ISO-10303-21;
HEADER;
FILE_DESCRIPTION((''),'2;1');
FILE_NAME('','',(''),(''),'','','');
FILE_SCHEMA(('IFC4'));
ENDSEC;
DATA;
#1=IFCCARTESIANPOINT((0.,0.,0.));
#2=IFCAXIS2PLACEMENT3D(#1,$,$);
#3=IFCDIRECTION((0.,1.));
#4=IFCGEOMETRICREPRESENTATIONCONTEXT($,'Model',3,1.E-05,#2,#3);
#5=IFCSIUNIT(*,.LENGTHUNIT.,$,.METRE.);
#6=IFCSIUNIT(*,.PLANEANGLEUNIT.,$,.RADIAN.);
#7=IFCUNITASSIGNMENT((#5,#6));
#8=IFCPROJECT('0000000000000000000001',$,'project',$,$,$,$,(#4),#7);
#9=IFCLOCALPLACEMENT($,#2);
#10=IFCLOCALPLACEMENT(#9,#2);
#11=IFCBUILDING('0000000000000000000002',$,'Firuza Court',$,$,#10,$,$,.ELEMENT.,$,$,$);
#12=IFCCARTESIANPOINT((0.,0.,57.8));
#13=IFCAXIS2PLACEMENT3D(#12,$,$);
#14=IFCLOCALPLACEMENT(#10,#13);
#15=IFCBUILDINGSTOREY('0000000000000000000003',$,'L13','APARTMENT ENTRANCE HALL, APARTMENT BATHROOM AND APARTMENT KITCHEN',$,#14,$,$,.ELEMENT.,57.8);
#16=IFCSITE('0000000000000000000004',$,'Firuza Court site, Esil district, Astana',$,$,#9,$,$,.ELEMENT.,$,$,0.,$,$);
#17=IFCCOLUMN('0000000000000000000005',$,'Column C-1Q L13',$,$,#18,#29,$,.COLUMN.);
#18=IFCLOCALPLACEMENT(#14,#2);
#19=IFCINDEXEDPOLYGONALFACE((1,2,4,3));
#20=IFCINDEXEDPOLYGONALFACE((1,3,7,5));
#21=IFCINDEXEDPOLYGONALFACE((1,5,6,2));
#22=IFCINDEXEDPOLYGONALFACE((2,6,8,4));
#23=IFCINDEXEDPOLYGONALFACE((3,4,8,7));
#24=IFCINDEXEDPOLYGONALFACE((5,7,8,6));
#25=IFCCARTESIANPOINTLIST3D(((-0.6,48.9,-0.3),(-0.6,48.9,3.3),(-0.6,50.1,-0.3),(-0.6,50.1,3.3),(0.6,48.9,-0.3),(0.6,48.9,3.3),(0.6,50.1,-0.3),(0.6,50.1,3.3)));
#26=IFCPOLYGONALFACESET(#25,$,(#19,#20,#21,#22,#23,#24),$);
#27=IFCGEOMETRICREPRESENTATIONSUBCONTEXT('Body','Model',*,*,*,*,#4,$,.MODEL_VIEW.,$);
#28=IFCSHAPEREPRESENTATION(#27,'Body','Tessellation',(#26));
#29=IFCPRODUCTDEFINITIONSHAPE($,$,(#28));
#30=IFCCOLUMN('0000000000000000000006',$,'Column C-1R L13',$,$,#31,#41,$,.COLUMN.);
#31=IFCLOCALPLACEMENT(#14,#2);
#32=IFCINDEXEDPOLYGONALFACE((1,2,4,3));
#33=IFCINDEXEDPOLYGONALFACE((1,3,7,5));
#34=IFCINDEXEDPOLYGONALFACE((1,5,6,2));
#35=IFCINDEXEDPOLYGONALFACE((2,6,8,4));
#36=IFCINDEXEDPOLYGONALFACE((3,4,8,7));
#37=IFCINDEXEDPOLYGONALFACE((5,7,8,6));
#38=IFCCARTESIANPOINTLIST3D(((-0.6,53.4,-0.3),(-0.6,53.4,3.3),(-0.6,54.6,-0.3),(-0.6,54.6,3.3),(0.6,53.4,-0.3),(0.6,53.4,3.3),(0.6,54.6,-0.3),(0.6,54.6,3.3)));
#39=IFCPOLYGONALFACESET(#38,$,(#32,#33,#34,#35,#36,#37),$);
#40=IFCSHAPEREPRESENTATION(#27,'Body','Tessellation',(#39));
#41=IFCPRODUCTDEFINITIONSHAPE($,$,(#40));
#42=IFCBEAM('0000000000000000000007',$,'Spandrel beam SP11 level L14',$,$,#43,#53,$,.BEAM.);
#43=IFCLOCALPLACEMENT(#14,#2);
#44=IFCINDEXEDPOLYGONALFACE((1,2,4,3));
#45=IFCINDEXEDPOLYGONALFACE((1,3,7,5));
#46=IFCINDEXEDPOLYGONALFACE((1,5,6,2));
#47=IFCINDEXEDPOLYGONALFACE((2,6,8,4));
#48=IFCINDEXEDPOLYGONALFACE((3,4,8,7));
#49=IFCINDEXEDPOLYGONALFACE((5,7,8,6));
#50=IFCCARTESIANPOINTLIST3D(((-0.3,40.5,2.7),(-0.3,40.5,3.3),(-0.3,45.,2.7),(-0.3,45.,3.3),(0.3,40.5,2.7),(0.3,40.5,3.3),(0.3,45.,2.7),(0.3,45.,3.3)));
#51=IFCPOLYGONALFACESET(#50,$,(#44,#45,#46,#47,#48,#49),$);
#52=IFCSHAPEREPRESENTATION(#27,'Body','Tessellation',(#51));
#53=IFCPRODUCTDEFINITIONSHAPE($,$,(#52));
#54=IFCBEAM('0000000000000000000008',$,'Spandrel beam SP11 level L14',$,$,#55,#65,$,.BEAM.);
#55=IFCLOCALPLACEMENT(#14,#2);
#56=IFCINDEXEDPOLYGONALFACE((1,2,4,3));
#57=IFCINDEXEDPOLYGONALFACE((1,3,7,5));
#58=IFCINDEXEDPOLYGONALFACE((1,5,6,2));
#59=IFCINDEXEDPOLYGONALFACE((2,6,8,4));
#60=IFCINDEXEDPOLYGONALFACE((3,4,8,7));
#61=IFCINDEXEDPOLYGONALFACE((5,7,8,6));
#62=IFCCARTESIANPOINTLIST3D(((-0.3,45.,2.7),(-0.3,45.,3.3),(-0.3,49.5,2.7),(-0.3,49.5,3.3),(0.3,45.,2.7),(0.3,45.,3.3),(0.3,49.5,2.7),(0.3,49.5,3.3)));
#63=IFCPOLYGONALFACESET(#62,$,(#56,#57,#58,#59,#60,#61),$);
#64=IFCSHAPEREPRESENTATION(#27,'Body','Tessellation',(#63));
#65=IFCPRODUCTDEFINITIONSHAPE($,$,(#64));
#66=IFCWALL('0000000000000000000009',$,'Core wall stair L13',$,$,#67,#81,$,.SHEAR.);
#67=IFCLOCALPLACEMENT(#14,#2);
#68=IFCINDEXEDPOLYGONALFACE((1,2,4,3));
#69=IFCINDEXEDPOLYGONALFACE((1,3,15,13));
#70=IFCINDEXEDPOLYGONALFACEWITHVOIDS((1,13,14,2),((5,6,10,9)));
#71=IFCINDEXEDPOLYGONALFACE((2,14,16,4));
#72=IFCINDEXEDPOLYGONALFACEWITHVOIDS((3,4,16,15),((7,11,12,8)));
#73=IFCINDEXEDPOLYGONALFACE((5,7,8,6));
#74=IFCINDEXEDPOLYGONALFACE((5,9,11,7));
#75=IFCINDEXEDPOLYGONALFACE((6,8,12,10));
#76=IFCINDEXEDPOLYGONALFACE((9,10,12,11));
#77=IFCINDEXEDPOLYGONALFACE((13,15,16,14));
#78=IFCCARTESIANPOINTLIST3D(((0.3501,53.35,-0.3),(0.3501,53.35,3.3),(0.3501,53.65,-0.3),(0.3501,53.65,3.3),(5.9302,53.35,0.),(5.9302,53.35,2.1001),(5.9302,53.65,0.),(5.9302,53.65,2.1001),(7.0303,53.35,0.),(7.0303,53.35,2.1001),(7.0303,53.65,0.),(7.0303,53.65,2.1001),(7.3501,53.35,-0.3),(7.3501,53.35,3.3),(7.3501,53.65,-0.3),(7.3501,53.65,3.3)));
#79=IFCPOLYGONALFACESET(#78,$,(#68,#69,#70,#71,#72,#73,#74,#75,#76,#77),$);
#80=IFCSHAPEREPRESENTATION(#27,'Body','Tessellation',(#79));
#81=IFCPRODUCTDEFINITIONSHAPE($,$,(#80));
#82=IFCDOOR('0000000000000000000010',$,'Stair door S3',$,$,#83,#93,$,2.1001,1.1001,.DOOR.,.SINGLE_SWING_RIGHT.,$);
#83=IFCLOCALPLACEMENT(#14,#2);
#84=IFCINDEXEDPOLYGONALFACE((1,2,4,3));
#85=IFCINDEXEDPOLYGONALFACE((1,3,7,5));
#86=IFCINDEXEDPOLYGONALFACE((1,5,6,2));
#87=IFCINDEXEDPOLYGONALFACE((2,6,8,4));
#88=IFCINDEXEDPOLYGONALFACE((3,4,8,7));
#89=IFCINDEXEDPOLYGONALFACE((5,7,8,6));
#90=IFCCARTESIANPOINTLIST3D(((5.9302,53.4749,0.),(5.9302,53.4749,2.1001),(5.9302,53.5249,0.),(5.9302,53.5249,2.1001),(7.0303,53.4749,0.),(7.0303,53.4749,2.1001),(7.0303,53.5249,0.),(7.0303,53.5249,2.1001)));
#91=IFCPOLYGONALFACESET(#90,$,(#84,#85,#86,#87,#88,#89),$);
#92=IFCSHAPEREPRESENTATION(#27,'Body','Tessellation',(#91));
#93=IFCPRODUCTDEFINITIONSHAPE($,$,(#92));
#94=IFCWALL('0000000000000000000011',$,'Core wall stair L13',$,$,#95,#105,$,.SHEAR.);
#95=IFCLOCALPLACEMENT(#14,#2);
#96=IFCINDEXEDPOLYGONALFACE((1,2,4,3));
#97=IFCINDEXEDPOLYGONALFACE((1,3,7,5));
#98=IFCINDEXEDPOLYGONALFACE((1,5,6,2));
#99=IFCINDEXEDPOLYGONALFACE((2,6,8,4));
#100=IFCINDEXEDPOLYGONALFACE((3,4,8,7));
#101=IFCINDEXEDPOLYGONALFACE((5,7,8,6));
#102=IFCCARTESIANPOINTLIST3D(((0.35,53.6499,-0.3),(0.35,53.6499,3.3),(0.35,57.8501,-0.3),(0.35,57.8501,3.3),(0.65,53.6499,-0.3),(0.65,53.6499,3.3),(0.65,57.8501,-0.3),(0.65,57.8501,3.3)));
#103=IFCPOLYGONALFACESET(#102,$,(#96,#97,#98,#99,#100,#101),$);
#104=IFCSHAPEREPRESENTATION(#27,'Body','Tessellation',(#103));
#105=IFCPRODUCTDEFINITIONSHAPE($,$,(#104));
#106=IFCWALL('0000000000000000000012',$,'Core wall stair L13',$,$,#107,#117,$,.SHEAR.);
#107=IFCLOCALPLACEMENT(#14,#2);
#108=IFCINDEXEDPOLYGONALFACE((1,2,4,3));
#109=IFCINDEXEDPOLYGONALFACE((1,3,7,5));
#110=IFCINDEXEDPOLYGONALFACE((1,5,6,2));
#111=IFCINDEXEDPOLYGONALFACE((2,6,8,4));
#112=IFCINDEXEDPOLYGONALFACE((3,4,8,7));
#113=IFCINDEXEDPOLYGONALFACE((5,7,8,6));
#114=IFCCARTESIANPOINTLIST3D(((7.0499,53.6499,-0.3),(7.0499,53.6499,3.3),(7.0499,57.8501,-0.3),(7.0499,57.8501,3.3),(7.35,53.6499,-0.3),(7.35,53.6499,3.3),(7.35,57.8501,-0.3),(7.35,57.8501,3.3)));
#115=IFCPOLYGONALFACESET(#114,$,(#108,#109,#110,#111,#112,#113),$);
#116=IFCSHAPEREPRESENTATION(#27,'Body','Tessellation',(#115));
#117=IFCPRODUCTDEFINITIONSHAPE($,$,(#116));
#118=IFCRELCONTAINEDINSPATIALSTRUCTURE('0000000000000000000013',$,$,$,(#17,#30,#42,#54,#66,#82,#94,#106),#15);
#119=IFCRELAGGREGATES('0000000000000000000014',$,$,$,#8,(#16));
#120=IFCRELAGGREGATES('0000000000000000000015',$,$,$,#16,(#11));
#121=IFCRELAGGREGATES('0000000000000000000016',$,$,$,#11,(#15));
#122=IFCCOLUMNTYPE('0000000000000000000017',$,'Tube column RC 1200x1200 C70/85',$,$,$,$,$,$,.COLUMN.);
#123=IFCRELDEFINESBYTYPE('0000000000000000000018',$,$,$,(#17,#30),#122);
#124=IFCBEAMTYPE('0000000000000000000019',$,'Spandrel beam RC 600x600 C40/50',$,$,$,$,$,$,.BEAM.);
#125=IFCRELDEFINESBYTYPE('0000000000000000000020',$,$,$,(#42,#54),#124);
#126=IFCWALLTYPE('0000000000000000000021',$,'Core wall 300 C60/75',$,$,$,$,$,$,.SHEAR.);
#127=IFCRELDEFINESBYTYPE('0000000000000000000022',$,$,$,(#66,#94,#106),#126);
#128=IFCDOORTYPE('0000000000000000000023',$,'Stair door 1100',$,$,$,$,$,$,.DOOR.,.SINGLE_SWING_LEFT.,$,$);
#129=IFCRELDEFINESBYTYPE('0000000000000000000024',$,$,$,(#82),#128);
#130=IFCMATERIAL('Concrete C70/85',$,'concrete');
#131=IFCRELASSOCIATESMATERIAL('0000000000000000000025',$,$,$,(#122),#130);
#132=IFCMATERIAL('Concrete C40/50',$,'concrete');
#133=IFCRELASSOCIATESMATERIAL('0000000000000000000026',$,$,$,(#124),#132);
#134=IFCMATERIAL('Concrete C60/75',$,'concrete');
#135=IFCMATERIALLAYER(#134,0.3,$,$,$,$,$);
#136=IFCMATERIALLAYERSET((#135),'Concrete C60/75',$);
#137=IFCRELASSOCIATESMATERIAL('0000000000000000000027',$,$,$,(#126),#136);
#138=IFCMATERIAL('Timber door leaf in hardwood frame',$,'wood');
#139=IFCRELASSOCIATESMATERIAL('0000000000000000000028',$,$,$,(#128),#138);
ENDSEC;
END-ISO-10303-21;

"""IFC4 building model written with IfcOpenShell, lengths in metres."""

from ifc_helpers import new_model, si_unit, direction, frame, frame_2d, origin, origin_2d, place, context, subcontext, project, spatial, rectangle, extrude, material, layer, layer_set, material_profile, profile_set, type_object, element, fill, save


model = new_model("IFC4")

# Units and contexts
model_context = context("Model", 3, precision=1e-05, world=origin(), true_north=direction((0.0, 1.0)))
body_context = subcontext(model_context, "Body", "Model", "MODEL_VIEW")
ifc_project = project(units=[si_unit("LENGTHUNIT", "METRE"), si_unit("PLANEANGLEUNIT", "RADIAN")], contexts=[model_context])

# Site, building, storey
site_placement = place(None, origin())
site = spatial("IfcSite", under=ifc_project, at=site_placement, Name="Firuza Court site, Esil district, Astana", CompositionType="ELEMENT", RefElevation=0.0)
building_placement = place(site_placement, origin())
building = spatial("IfcBuilding", under=site, at=building_placement, Name="Firuza Court", CompositionType="ELEMENT")
storey_placement = place(building_placement, frame((0.0, 0.0, 57.8)))
storey = spatial("IfcBuildingStorey", under=building, at=storey_placement, Name="L13", Description="APARTMENT ENTRANCE HALL, APARTMENT BATHROOM AND APARTMENT KITCHEN", CompositionType="ELEMENT", Elevation=57.8)

# Columns
ifc_material_1 = material(Name="Concrete C70/85", Category="concrete")
ifc_material_profile_1 = material_profile(ifc_material_1, rectangle(XDim=1.2, YDim=1.2, at=origin_2d()), Name="RC 1200x1200")
ifc_profile_set_1 = profile_set([ifc_material_profile_1], Name="Concrete C70/85")
column_type = type_object("IfcColumnType", Name="Tube column RC 1200x1200 C70/85", PredefinedType="COLUMN", material=ifc_profile_set_1)
for number, where, z_axis, x_axis, name in (
    (1, (0.0, 49.5, -0.3), (0.0, 0.0, 1.0), (1.0, 0.0, 0.0), "Column C-1Q L13"),
    (2, (0.0, 54.0, -0.3), (0.0, 0.0, 1.0), (1.0, 0.0, 0.0), "Column C-1R L13"),
):
    element("IfcColumn", number, at=place(storey_placement, frame(where, z_axis=z_axis, x_axis=x_axis)), inside=storey, type_object=column_type, Name=name, PredefinedType="COLUMN", context=body_context, shape_type="SweptSolid", body=[
        extrude(rectangle(XDim=1.2, YDim=1.2, at=origin_2d()), origin(), (0.0, 0.0, 1.0), 3.6001),
    ])

# Beams
ifc_material_2 = material(Name="Concrete C40/50", Category="concrete")
ifc_material_profile_2 = material_profile(ifc_material_2, rectangle(XDim=0.6001, YDim=0.6001, at=origin_2d()), Name="RC 600x600")
ifc_profile_set_2 = profile_set([ifc_material_profile_2], Name="Concrete C40/50")
beam_type = type_object("IfcBeamType", Name="Spandrel beam RC 600x600 C40/50", PredefinedType="BEAM", material=ifc_profile_set_2)
for number, where, z_axis, x_axis, name in (
    (3, (0.0, 45.0, 3.0), (0.0, -1.0, 0.0), (1.0, 0.0, 0.0), "Spandrel beam SP11 level L14"),
    (4, (0.0, 49.5, 3.0), (0.0, -1.0, 0.0), (1.0, 0.0, 0.0), "Spandrel beam SP11 level L14"),
):
    element("IfcBeam", number, at=place(storey_placement, frame(where, z_axis=z_axis, x_axis=x_axis)), inside=storey, type_object=beam_type, Name=name, PredefinedType="BEAM", context=body_context, shape_type="SweptSolid", body=[
        extrude(rectangle(XDim=0.6001, YDim=0.6001, at=origin_2d()), origin(), (0.0, 0.0, 1.0), 4.5),
    ])

# Wall, opening, door
ifc_material_3 = material(Name="Concrete C60/75", Category="concrete")
ifc_layer_1 = layer(ifc_material_3, 0.3)
ifc_layer_set_1 = layer_set([ifc_layer_1], Name="Concrete C60/75")
wall_type_1 = type_object("IfcWallType", Name="Core wall 300 C60/75", PredefinedType="SHEAR", material=ifc_layer_set_1)
wall_1_placement = place(storey_placement, frame((0.3501, 53.5, -0.3), z_axis=(0.0, 0.0, 1.0), x_axis=(1.0, 0.0, 0.0)))
wall_1 = element("IfcWall", 5, at=wall_1_placement, inside=storey, type_object=wall_type_1, Name="Core wall stair L13", PredefinedType="SHEAR", context=body_context, shape_type="SweptSolid", body=[
    extrude(rectangle(XDim=7.0, YDim=0.3, at=frame_2d((3.5, 0.0))), origin(), (0.0, 0.0, 1.0), 3.6001),
])
opening_1_placement = place(wall_1_placement, frame((5.5801, 0.0, 0.3)))
opening_1 = element("IfcOpeningElement", 6, at=opening_1_placement, cuts=wall_1, PredefinedType="OPENING", context=body_context, shape_type="SweptSolid", body=[
    extrude(rectangle(XDim=1.1001, YDim=2.1001, at=frame_2d((0.55, 1.05))), frame((0.0, 0.1621, 0.0), z_axis=(0.0, -1.0, 0.0), x_axis=(1.0, 0.0, 0.0)), (0.0, 0.0, 1.0), 0.324),
])
ifc_material_4 = material(Name="Timber door leaf in hardwood frame", Category="wood")
door_type_1 = type_object("IfcDoorType", Name="Stair door 1100", OperationType="SINGLE_SWING_LEFT", PredefinedType="DOOR", material=ifc_material_4)
door_1_placement = place(opening_1_placement, origin())
door_1 = element("IfcDoor", 7, at=door_1_placement, inside=storey, type_object=door_type_1, Name="Stair door S3", OperationType="SINGLE_SWING_RIGHT", OverallHeight=2.1001, OverallWidth=1.1001, PredefinedType="DOOR", context=body_context, shape_type="SweptSolid", body=[
    extrude(rectangle(XDim=1.1001, YDim=2.1001, at=frame_2d((0.55, 1.05))), frame((0.0, 0.0249, 0.0), z_axis=(0.0, -1.0, 0.0), x_axis=(1.0, 0.0, 0.0)), (0.0, 0.0, 1.0), 0.05),
])
fill(opening_1, door_1)

# Walls
for number, where, z_axis, x_axis, name in (
    (8, (0.5, 53.6499, -0.3), (0.0, 0.0, 1.0), (0.0, 1.0, 0.0), "Core wall stair L13"),
    (9, (7.2, 53.6499, -0.3), (0.0, 0.0, 1.0), (0.0, 1.0, 0.0), "Core wall stair L13"),
):
    element("IfcWall", number, at=place(storey_placement, frame(where, z_axis=z_axis, x_axis=x_axis)), inside=storey, type_object=wall_type_1, Name=name, PredefinedType="SHEAR", context=body_context, shape_type="SweptSolid", body=[
        extrude(rectangle(XDim=4.2002, YDim=0.3, at=frame_2d((2.1001, 0.0))), origin(), (0.0, 0.0, 1.0), 3.6001),
    ])

save(model, "model.ifc")
